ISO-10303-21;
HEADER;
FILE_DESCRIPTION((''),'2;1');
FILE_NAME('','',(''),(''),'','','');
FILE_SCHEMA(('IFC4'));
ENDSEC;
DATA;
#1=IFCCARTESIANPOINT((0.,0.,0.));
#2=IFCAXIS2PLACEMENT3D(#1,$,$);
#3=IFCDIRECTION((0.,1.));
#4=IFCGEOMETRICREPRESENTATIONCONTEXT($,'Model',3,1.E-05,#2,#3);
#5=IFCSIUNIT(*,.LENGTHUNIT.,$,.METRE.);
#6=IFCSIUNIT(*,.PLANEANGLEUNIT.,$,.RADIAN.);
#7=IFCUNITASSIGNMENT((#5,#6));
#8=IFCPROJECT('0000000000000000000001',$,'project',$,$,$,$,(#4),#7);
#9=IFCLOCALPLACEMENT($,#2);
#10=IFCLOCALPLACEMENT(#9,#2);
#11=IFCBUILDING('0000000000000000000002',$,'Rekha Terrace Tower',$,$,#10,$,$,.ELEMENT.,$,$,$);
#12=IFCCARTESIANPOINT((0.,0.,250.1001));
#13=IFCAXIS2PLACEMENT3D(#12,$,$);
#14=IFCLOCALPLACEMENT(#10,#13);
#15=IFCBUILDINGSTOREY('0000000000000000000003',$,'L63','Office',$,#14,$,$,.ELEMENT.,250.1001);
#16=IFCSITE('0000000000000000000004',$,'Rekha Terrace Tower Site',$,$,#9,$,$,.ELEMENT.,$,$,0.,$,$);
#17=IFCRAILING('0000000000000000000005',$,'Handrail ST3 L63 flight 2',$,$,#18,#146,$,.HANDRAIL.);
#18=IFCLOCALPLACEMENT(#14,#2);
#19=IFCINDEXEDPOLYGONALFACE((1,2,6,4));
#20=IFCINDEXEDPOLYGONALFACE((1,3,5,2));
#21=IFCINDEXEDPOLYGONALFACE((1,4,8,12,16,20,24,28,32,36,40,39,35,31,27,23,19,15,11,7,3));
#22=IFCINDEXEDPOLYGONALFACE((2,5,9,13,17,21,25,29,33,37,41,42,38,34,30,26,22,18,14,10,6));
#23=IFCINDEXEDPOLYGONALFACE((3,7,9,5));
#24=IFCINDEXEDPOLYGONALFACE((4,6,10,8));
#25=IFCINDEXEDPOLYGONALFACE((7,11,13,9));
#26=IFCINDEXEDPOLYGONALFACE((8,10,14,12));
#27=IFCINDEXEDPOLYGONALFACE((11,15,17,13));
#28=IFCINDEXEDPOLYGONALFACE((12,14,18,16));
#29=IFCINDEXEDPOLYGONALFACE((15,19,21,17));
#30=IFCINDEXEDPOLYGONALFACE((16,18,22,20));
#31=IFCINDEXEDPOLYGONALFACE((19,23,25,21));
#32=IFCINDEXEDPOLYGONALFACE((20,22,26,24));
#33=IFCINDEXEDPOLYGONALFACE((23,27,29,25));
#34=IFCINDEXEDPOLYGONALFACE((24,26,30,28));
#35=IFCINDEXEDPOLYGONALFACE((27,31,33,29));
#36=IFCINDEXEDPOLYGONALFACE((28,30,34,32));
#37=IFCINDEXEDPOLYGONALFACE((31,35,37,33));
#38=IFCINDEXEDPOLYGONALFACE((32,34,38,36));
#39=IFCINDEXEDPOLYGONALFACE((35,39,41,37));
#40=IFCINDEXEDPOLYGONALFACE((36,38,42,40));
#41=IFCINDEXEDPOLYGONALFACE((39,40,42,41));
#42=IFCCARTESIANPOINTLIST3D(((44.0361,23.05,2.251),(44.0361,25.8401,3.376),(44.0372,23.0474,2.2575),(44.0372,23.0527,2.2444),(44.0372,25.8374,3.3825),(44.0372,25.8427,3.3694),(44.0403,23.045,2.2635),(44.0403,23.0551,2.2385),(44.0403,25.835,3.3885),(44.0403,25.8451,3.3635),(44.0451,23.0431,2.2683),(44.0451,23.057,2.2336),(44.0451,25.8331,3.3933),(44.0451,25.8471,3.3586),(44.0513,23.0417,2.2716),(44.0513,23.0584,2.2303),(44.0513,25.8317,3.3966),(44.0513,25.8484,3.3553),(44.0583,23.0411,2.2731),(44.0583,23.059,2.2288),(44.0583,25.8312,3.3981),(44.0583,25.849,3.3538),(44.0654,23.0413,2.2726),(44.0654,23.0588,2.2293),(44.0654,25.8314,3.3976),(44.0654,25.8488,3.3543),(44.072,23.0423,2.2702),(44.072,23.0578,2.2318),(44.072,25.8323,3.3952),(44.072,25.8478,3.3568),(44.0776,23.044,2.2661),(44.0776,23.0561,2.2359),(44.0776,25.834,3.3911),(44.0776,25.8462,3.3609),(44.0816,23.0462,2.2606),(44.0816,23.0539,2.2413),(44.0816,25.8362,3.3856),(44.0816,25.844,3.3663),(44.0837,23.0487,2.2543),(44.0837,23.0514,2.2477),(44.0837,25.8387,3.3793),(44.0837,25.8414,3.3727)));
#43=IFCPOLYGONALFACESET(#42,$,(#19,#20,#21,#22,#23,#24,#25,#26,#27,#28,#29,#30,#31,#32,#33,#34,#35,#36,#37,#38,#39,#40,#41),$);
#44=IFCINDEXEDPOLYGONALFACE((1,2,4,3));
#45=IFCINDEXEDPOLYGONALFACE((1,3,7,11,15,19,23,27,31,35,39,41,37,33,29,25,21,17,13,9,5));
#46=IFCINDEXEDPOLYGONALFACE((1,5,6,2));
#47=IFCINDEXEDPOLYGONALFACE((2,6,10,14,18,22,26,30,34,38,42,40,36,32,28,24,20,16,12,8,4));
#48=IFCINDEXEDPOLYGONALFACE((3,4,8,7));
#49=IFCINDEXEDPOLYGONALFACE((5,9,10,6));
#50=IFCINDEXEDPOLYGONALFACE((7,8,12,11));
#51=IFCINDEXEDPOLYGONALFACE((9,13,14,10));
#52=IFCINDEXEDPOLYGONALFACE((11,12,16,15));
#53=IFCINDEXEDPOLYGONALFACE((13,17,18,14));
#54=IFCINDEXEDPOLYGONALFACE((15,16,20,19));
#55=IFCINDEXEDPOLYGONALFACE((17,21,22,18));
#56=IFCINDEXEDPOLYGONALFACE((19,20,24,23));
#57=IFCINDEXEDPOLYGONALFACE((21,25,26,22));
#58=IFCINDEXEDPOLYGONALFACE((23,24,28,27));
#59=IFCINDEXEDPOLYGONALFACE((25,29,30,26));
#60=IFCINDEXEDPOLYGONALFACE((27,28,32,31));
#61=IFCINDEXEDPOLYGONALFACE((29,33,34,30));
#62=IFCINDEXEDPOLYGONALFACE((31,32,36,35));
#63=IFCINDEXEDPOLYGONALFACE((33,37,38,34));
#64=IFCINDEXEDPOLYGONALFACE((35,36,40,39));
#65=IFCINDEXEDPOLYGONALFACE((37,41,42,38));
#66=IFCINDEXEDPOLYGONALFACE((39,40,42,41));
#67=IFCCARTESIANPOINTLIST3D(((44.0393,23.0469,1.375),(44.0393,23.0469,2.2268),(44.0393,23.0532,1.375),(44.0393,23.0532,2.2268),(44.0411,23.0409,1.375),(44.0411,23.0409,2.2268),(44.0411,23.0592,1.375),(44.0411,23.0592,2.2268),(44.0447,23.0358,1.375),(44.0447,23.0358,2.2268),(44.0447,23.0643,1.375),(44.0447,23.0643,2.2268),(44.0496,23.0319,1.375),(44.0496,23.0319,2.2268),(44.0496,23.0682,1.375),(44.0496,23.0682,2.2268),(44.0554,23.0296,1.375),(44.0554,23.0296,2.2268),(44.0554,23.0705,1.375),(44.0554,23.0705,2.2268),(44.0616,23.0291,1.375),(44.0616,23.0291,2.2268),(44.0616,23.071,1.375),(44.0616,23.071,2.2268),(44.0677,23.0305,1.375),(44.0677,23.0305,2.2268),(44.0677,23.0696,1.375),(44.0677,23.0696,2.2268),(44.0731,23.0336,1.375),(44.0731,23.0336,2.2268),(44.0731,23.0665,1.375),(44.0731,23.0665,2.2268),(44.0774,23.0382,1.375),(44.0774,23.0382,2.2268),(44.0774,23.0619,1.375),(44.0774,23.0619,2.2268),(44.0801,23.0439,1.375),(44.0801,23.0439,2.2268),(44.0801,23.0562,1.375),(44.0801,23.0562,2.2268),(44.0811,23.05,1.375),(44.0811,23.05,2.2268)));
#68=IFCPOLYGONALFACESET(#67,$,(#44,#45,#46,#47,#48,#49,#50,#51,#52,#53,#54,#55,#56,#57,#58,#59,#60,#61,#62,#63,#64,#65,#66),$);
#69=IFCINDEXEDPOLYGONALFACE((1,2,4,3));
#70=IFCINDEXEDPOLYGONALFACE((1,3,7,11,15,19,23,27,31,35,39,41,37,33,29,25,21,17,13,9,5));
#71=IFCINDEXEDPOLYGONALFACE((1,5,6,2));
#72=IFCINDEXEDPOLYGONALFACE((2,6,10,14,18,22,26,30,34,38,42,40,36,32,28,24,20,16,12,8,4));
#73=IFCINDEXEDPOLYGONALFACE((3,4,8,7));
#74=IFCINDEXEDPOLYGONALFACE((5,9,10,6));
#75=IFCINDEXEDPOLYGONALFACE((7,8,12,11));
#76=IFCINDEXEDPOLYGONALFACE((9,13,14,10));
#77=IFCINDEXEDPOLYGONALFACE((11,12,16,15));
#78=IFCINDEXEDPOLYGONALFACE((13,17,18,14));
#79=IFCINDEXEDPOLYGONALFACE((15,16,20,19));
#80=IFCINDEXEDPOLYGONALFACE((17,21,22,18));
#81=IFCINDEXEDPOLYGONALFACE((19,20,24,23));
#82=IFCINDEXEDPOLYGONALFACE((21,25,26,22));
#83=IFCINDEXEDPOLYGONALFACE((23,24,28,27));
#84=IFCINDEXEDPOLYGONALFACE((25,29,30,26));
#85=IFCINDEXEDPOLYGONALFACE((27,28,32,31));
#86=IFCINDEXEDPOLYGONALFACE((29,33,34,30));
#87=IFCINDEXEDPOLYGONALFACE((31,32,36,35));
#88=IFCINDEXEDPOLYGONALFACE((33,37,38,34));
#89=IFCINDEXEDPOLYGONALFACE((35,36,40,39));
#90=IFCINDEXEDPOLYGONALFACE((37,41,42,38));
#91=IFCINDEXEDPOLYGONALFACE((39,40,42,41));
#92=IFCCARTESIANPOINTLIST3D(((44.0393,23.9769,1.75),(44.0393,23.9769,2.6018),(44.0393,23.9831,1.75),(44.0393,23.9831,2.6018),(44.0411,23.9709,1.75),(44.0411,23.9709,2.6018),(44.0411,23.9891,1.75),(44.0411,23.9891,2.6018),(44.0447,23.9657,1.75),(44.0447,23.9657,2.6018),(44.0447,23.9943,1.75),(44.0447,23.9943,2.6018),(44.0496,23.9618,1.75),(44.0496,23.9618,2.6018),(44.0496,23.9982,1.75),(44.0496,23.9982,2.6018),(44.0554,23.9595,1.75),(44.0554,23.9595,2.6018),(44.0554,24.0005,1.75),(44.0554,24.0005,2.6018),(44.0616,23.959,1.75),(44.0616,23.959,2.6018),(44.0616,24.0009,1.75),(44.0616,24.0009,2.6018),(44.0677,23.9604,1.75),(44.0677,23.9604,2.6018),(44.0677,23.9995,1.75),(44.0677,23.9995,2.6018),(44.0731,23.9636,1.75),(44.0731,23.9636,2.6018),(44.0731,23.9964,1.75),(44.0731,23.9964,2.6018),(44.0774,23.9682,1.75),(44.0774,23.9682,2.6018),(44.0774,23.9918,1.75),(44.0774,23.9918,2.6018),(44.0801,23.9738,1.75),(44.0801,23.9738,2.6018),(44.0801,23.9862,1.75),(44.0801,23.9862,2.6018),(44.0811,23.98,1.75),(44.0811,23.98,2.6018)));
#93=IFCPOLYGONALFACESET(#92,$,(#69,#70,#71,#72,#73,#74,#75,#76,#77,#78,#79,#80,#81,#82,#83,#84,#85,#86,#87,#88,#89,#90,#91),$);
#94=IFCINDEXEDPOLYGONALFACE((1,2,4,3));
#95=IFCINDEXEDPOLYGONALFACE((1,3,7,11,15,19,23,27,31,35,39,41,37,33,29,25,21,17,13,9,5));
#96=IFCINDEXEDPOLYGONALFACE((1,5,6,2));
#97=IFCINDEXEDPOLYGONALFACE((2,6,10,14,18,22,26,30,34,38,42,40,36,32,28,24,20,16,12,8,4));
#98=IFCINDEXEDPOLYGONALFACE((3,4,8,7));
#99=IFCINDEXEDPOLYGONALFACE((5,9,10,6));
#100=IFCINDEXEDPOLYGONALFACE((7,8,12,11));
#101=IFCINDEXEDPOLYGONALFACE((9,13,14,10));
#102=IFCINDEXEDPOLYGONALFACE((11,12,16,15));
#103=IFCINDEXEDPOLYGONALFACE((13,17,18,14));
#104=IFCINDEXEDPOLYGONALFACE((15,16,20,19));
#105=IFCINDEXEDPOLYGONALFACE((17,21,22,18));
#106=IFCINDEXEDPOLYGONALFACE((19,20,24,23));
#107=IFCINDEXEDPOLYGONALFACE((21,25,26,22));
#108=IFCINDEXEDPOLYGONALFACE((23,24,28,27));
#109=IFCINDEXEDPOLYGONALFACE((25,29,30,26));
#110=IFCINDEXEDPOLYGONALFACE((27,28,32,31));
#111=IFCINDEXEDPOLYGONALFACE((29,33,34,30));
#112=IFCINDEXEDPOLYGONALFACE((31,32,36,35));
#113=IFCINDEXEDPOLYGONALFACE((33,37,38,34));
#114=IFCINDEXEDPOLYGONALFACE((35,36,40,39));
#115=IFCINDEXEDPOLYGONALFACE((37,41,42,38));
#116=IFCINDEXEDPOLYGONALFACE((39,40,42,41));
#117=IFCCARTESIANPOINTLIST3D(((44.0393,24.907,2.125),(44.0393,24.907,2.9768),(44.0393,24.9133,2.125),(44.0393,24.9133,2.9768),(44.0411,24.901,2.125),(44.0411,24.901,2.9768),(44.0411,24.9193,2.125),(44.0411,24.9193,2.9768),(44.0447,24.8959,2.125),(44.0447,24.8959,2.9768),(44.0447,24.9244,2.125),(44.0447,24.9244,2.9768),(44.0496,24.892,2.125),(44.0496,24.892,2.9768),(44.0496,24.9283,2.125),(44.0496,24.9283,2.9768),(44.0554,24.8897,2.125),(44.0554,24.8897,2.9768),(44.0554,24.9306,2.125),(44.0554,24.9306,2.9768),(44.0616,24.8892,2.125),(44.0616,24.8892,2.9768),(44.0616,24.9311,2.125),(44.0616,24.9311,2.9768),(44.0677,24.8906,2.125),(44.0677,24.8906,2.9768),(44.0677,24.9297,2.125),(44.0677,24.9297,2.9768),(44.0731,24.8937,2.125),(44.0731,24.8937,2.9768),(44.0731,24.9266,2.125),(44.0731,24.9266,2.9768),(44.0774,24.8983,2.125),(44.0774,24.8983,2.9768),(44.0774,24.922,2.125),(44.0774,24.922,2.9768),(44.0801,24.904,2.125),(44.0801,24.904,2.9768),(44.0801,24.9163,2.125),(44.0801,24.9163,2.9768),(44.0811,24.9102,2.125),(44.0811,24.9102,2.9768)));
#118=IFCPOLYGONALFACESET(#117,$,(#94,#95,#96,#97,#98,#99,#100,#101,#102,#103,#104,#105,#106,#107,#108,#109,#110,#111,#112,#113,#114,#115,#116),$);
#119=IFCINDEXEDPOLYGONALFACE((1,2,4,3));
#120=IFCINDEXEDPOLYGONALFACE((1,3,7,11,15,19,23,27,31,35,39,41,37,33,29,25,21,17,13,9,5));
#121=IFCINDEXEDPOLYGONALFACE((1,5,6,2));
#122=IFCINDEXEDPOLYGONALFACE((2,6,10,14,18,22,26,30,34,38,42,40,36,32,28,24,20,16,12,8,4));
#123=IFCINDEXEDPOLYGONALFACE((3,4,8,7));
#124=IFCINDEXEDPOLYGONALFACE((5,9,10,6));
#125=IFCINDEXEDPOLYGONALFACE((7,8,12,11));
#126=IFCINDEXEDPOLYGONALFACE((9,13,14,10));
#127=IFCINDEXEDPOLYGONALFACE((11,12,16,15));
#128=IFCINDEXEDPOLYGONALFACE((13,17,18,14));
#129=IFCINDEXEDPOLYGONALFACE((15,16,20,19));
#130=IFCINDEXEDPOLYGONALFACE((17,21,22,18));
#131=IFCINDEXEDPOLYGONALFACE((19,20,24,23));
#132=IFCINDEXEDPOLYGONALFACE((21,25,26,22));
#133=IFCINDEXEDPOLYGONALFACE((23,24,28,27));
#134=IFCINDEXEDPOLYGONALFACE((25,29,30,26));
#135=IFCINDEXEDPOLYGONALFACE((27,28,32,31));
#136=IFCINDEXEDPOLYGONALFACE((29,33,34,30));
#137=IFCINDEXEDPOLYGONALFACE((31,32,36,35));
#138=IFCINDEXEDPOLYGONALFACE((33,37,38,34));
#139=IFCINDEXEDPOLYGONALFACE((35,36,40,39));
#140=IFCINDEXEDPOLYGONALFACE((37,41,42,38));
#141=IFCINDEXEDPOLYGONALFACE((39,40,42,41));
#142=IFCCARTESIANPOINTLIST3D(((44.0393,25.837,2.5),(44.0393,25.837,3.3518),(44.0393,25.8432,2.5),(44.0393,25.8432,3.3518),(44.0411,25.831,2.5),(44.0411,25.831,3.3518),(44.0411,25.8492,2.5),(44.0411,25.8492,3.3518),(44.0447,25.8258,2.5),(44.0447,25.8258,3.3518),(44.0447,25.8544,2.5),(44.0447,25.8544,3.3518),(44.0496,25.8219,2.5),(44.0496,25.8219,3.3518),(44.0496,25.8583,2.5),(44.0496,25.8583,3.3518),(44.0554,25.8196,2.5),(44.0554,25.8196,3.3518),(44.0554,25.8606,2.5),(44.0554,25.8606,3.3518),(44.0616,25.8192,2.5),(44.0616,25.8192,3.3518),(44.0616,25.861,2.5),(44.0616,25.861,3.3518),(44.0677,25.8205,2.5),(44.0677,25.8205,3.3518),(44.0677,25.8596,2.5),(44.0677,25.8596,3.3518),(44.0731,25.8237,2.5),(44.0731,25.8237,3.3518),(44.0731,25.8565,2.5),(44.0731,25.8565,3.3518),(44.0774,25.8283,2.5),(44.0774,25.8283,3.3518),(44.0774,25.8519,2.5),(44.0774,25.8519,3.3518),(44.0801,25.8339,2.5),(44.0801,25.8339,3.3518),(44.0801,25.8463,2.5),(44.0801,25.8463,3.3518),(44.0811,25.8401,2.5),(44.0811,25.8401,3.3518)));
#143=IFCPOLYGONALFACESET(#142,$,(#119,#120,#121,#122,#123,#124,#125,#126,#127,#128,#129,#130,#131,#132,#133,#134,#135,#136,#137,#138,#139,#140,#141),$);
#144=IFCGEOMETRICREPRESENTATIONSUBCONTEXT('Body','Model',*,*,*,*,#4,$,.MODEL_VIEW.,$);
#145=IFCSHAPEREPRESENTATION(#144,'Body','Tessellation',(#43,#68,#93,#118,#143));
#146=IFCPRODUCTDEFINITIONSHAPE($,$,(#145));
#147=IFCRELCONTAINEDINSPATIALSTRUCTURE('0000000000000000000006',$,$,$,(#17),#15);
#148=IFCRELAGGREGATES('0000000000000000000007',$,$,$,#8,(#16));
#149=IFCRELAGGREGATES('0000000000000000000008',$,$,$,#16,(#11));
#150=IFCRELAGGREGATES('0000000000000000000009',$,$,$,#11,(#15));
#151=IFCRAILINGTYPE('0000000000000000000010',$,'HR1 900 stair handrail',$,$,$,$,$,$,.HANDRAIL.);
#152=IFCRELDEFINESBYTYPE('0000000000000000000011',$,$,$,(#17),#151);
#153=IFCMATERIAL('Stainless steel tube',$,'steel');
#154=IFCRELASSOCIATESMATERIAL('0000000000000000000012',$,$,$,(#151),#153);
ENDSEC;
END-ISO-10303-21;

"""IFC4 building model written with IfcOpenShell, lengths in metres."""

from ifc_helpers import new_model, si_unit, direction, frame, origin, origin_2d, place, context, subcontext, project, spatial, circle, extrude, material, type_object, element, save


model = new_model("IFC4")

# Units and contexts
model_context = context("Model", 3, precision=1e-05, world=origin(), true_north=direction((0.0, 1.0)))
body_context = subcontext(model_context, "Body", "Model", "MODEL_VIEW")
ifc_project = project(units=[si_unit("LENGTHUNIT", "METRE"), si_unit("PLANEANGLEUNIT", "RADIAN")], contexts=[model_context])

# Site, building, storey
site_placement = place(None, origin())
site = spatial("IfcSite", under=ifc_project, at=site_placement, Name="Rekha Terrace Tower Site", CompositionType="ELEMENT", RefElevation=0.0)
building_placement = place(site_placement, origin())
building = spatial("IfcBuilding", under=site, at=building_placement, Name="Rekha Terrace Tower", CompositionType="ELEMENT")
storey_placement = place(building_placement, frame((0.0, 0.0, 250.1001)))
storey = spatial("IfcBuildingStorey", under=building, at=storey_placement, Name="L63", Description="Office", CompositionType="ELEMENT", Elevation=250.1001)

# Railing
ifc_material_1 = material(Name="Stainless steel tube", Category="steel")
railing_type_1 = type_object("IfcRailingType", Name="HR1 900 stair handrail", PredefinedType="HANDRAIL", material=ifc_material_1)
railing_1_placement = place(storey_placement, frame((44.0601, 23.05, 1.375)))
element("IfcRailing", 1, at=railing_1_placement, inside=storey, type_object=railing_type_1, Name="Handrail ST3 L63 flight 2", PredefinedType="HANDRAIL", context=body_context, shape_type="SweptSolid", body=[
    extrude(circle(Radius=0.0239, at=origin_2d()), frame((0.0, 0.0, 0.876), z_axis=(0.0, 0.927443, 0.373964), x_axis=(-1.0, 0.0, 0.0)), (0.0, 0.0, 1.0), 3.0083),
    extrude(circle(Radius=0.021, at=origin_2d()), origin(), (0.0, 0.0, 1.0), 0.8518),
    extrude(circle(Radius=0.021, at=origin_2d()), frame((0.0, 0.9299, 0.375)), (0.0, 0.0, 1.0), 0.8518),
    extrude(circle(Radius=0.021, at=origin_2d()), frame((0.0, 1.8601, 0.75)), (0.0, 0.0, 1.0), 0.8518),
    extrude(circle(Radius=0.021, at=origin_2d()), frame((0.0, 2.79, 1.125)), (0.0, 0.0, 1.0), 0.8518),
])

save(model, "model.ifc")
